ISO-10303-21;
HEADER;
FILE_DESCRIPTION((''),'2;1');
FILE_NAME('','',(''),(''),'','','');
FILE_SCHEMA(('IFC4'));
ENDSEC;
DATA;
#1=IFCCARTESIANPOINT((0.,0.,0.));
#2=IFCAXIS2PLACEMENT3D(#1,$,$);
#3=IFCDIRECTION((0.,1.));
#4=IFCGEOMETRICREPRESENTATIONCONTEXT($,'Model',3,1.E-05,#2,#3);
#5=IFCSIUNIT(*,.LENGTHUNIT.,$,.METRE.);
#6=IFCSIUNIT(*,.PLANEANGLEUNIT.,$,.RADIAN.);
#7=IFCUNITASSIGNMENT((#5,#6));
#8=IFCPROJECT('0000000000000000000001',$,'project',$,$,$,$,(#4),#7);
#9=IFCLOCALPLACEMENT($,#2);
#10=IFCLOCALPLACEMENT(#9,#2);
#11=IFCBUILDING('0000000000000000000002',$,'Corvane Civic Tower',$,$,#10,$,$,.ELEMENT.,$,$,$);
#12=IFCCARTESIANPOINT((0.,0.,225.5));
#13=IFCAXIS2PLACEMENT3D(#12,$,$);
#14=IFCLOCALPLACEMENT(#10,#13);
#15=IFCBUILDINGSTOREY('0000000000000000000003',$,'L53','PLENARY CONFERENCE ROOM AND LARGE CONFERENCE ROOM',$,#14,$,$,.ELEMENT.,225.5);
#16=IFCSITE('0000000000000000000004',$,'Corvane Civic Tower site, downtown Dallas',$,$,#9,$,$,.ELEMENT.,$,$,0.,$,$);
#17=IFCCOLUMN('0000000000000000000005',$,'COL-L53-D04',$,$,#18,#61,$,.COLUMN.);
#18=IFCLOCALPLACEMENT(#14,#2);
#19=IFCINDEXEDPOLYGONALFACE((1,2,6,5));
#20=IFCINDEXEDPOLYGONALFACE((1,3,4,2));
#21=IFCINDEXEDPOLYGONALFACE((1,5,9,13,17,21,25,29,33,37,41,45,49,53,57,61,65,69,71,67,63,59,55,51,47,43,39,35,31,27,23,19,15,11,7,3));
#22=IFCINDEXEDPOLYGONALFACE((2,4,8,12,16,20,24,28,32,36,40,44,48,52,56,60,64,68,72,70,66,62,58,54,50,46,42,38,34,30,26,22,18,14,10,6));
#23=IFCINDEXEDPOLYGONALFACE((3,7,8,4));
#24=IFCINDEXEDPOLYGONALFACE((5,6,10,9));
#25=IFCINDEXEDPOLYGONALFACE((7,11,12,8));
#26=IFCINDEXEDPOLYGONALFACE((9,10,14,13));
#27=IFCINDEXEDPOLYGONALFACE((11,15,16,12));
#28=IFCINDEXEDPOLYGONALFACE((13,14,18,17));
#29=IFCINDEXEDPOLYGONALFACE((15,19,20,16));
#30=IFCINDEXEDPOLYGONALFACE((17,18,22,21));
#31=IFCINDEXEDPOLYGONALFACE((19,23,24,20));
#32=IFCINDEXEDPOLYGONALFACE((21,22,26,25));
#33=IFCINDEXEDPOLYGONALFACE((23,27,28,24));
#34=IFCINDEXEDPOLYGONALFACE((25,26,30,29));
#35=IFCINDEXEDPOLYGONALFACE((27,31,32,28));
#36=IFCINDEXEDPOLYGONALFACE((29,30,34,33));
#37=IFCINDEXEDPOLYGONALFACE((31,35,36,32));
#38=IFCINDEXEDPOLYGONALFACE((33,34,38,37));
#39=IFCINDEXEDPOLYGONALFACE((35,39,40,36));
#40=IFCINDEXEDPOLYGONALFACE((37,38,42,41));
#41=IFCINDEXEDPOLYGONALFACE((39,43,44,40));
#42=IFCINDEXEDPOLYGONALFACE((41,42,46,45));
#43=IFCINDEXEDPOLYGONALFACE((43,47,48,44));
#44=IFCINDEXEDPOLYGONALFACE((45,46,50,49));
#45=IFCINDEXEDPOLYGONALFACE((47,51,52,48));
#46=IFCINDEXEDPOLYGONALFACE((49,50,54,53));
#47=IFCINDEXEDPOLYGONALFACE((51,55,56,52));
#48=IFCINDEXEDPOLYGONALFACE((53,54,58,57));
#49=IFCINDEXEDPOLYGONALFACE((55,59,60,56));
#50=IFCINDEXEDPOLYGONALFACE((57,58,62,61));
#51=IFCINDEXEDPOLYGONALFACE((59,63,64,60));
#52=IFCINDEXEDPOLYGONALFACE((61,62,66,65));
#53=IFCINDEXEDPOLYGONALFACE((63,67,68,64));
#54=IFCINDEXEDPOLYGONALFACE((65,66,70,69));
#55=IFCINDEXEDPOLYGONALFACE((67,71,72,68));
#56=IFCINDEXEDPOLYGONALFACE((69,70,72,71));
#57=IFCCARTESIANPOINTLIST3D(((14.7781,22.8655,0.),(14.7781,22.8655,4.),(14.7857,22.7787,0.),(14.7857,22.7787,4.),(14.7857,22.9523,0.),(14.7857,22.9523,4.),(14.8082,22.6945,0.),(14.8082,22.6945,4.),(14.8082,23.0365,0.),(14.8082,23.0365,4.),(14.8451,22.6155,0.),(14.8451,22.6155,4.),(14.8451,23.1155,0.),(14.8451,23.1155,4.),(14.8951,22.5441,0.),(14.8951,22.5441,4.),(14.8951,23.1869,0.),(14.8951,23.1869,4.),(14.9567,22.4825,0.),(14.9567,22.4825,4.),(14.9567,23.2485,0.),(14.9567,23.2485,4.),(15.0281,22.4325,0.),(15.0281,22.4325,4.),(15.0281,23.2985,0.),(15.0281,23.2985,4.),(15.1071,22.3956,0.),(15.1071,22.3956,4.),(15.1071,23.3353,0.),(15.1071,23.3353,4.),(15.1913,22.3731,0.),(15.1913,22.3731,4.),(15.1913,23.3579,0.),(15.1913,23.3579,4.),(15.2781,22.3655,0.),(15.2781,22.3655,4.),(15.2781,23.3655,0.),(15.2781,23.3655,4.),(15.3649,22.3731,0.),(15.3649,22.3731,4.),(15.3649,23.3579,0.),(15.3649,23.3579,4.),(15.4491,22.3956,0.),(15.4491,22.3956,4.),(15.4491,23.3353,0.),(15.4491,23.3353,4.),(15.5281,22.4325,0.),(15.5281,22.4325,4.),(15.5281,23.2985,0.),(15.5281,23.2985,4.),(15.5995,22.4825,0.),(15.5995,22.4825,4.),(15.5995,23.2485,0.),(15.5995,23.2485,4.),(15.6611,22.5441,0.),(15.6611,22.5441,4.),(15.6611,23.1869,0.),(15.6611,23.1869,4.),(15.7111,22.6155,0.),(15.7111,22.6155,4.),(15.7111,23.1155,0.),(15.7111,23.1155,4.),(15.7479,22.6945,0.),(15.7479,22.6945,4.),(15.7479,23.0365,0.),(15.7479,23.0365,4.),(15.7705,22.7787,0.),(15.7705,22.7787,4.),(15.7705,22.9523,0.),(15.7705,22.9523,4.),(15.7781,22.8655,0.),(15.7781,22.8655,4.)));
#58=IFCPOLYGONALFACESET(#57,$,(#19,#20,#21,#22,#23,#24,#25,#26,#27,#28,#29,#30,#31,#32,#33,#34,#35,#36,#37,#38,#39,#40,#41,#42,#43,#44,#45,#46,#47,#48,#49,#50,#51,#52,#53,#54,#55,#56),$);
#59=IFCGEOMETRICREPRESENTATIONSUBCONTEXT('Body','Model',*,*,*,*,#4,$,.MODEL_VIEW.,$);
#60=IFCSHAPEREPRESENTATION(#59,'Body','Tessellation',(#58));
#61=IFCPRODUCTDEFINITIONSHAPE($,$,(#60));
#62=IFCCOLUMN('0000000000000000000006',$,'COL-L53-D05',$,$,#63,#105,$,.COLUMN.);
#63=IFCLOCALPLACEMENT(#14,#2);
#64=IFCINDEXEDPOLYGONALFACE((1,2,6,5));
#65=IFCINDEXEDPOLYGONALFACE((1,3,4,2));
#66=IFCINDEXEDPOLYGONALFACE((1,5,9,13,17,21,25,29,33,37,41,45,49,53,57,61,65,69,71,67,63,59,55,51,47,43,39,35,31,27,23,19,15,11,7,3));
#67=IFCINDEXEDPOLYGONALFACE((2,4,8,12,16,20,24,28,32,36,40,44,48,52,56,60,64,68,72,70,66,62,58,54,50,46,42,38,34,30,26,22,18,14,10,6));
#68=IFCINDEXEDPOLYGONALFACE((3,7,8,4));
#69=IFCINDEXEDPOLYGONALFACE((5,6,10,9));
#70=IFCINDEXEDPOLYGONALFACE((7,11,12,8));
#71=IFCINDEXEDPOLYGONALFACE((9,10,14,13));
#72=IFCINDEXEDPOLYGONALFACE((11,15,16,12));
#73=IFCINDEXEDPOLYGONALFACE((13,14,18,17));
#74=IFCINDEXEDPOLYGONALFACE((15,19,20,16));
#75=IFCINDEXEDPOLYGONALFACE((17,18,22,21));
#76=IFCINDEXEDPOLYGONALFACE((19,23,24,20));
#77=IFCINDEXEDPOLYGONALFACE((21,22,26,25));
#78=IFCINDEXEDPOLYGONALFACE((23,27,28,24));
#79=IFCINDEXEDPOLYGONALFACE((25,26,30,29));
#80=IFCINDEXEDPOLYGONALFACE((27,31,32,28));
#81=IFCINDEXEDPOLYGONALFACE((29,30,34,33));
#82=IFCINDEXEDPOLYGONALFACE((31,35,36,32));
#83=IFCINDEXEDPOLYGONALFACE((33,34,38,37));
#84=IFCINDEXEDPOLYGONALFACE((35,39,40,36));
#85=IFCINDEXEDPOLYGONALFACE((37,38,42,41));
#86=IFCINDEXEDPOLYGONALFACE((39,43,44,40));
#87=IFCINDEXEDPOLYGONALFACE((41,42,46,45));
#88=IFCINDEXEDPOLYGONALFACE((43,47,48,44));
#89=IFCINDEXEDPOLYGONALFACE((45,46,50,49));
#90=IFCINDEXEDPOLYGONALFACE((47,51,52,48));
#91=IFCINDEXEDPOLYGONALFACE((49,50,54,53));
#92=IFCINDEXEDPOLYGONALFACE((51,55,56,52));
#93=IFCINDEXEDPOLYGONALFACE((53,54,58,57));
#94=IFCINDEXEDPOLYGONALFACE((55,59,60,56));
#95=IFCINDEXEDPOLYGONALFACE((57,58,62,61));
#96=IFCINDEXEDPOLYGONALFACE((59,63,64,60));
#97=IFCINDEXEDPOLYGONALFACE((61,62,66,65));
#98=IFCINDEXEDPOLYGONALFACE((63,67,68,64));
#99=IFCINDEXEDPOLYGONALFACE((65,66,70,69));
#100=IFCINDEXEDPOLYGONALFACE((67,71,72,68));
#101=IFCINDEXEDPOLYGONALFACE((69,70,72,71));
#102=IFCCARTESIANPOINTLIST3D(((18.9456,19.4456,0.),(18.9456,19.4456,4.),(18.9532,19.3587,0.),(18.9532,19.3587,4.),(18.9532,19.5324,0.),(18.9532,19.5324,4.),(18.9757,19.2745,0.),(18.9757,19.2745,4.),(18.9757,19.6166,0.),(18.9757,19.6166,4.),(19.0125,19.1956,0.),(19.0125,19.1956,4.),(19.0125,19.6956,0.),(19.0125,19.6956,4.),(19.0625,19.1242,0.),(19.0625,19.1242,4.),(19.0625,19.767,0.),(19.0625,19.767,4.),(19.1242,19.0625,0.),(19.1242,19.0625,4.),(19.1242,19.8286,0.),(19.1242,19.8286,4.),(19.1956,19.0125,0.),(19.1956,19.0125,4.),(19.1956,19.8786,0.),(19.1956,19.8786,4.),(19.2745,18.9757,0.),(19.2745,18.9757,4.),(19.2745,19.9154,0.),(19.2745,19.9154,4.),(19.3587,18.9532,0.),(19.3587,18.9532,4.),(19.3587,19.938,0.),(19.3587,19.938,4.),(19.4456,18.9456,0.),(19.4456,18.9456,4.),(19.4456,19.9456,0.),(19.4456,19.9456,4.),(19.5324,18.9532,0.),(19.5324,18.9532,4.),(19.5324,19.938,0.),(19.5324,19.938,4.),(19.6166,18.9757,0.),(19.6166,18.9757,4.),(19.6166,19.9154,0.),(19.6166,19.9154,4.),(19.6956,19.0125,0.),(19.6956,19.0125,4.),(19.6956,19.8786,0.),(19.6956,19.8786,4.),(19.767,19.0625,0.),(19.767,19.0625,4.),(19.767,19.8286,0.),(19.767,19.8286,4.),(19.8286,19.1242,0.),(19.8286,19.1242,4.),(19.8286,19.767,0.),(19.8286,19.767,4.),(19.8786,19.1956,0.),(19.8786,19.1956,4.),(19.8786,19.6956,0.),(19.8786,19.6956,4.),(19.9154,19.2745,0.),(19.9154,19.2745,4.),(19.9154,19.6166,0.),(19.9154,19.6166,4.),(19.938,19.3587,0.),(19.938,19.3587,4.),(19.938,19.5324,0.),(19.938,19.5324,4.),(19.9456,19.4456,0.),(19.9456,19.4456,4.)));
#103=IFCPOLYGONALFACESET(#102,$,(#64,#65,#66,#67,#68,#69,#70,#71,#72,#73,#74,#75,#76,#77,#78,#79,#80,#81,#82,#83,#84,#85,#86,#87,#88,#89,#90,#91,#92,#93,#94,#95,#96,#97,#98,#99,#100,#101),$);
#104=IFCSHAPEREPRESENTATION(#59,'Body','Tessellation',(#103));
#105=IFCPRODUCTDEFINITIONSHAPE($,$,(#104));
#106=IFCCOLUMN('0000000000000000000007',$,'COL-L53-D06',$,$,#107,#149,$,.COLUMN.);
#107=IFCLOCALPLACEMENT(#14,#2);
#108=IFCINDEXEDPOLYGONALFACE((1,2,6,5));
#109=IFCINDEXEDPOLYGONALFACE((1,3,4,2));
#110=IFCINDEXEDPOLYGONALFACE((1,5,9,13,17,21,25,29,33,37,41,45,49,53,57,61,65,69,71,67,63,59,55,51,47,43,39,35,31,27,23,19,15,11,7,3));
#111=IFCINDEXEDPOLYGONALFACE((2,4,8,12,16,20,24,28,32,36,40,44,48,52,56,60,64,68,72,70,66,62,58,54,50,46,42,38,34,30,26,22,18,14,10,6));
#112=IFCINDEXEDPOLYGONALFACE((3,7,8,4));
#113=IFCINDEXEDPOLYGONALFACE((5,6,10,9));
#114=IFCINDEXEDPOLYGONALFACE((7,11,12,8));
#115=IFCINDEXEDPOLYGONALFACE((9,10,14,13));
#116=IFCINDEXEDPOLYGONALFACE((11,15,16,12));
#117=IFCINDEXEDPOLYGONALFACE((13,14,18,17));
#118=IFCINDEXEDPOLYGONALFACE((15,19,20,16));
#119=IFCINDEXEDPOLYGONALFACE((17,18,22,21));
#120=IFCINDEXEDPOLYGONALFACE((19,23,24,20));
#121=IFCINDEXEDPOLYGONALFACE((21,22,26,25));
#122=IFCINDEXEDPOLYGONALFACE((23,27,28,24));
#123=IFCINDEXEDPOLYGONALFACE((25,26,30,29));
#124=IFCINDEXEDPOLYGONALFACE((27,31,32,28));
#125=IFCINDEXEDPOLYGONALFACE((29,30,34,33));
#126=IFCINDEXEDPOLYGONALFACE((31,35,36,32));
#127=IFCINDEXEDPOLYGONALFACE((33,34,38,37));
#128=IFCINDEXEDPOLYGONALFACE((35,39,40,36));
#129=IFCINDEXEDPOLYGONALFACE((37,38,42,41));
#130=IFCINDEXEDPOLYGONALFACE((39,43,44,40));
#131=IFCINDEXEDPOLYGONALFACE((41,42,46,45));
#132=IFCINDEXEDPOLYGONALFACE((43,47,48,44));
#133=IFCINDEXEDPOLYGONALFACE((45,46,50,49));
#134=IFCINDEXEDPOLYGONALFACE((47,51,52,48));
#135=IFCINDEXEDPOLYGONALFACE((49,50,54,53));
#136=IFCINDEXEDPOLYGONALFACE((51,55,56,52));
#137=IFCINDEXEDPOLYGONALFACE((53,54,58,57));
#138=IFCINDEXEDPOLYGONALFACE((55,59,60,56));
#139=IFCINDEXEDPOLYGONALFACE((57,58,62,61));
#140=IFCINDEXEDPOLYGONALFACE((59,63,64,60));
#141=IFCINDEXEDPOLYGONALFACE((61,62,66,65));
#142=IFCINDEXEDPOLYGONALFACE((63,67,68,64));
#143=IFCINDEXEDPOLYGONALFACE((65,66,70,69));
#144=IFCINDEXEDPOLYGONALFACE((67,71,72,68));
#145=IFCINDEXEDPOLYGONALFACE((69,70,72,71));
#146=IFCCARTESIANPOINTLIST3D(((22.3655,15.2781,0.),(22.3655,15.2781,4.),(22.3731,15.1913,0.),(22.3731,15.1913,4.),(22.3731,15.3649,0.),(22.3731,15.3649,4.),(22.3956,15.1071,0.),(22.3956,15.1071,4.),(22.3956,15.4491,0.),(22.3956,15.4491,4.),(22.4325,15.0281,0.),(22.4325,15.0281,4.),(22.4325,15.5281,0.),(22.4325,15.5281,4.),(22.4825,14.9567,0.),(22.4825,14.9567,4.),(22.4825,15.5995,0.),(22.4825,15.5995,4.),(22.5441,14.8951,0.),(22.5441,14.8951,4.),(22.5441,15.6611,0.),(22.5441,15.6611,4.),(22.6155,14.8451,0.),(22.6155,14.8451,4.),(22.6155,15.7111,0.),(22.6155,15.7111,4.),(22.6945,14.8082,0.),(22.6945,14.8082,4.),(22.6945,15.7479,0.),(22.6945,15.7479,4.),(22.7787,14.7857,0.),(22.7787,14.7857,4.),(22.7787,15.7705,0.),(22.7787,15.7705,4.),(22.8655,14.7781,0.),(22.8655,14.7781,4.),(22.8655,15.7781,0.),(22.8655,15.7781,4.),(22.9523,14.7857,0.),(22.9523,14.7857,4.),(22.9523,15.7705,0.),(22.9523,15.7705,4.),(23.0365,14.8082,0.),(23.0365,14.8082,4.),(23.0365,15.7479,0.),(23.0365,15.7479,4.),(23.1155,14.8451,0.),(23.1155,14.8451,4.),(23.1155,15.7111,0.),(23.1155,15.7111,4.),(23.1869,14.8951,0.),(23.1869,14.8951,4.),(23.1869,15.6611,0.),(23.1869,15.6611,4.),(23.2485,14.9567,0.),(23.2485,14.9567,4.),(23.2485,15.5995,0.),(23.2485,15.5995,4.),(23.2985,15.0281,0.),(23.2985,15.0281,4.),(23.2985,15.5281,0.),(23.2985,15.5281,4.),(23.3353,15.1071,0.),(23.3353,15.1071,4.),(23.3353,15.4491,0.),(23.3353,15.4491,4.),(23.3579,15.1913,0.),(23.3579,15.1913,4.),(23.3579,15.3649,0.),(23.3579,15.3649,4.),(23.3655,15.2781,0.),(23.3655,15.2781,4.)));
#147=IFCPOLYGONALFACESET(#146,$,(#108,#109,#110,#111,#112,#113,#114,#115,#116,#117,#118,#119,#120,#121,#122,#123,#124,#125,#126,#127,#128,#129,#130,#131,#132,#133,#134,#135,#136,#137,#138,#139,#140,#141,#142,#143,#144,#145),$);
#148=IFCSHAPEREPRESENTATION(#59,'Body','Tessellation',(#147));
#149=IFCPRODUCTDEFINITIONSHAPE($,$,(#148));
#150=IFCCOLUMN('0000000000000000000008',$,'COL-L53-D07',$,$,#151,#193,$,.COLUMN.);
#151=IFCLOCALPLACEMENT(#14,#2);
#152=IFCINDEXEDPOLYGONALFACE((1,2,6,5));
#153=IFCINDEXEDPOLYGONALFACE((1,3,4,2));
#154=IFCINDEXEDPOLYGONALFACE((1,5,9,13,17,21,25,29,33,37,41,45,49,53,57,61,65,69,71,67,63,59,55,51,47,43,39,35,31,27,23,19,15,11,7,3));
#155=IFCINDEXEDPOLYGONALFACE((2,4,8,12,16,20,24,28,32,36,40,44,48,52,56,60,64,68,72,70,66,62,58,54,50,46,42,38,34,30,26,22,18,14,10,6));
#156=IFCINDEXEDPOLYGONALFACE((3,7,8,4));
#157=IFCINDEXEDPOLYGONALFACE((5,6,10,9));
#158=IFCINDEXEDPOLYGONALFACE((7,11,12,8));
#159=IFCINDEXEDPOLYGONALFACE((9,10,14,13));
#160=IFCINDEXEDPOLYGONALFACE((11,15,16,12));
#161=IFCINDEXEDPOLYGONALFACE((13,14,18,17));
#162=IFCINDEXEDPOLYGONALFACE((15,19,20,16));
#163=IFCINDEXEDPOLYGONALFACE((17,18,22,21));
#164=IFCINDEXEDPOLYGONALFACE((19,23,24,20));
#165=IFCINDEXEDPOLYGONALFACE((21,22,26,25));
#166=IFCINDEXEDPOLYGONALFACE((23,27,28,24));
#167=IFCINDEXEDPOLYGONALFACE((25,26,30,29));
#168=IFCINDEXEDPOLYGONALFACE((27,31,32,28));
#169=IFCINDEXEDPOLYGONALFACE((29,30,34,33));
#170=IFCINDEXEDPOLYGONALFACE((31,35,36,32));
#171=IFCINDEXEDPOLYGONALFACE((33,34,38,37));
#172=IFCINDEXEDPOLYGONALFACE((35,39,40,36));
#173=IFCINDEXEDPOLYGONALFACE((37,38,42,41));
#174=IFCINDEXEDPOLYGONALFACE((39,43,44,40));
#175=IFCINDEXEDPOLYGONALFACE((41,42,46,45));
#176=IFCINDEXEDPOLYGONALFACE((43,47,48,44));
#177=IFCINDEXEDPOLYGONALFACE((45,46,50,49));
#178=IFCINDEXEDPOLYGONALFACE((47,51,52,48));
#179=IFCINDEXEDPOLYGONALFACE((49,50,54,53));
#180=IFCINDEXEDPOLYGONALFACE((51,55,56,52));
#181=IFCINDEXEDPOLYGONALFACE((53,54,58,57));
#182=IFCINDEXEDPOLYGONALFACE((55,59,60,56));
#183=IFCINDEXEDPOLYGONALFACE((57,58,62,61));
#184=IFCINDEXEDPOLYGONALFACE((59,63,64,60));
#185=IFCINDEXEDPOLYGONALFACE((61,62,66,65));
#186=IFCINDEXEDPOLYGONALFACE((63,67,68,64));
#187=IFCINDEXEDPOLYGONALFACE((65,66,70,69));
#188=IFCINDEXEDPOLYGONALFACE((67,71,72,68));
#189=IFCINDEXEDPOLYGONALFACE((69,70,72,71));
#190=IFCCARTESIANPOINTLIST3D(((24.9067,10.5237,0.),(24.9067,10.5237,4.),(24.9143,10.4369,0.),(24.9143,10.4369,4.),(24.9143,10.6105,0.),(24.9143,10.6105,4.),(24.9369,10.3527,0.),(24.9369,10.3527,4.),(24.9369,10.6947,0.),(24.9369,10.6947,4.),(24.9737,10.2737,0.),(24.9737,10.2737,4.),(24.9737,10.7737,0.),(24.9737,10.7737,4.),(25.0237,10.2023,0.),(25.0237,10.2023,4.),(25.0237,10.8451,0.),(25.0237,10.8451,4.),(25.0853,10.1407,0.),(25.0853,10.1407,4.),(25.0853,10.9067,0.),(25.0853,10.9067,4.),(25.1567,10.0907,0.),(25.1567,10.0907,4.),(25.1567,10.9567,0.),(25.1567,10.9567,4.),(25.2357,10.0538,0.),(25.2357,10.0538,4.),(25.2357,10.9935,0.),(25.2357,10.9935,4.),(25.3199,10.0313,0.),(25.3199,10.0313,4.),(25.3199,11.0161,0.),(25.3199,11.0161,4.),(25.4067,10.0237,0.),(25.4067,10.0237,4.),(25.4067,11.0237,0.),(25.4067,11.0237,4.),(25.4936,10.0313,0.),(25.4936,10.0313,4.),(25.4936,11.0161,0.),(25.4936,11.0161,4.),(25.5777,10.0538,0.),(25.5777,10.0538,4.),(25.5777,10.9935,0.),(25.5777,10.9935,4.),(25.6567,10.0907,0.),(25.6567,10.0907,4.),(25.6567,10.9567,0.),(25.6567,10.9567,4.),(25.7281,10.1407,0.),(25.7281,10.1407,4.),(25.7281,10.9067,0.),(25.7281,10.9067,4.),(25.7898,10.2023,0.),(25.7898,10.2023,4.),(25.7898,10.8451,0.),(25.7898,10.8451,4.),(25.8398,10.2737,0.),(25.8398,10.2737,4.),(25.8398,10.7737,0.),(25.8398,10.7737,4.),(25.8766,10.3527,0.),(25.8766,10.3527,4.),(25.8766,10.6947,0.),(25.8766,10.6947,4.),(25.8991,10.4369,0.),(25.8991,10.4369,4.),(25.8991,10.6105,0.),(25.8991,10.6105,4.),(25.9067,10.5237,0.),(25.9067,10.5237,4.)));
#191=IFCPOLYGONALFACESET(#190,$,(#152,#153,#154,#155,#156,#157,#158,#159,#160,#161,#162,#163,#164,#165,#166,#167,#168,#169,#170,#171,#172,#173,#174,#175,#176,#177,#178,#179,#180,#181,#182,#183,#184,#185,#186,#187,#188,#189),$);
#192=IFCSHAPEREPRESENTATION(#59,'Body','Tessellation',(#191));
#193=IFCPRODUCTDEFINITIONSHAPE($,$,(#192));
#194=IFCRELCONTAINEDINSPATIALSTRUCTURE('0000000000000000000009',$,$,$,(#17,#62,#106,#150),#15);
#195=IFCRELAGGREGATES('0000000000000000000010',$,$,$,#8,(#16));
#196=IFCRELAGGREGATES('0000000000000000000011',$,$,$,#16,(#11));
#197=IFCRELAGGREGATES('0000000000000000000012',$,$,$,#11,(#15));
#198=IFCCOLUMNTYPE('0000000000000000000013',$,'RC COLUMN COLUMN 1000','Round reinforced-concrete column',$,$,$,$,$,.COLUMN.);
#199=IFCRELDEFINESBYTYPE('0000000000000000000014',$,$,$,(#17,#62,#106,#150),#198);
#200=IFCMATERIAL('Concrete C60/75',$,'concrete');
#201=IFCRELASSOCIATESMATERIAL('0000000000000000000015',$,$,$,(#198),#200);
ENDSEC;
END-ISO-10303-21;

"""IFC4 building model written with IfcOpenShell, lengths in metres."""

from ifc_helpers import new_model, si_unit, direction, frame, origin, origin_2d, place, context, subcontext, project, spatial, circle, extrude, material, material_profile, profile_set, type_object, element, save


model = new_model("IFC4")

# Units and contexts
model_context = context("Model", 3, precision=1e-05, world=origin(), true_north=direction((0.0, 1.0)))
body_context = subcontext(model_context, "Body", "Model", "MODEL_VIEW")
ifc_project = project(units=[si_unit("LENGTHUNIT", "METRE"), si_unit("PLANEANGLEUNIT", "RADIAN")], contexts=[model_context])

# Site, building, storey
site_placement = place(None, origin())
site = spatial("IfcSite", under=ifc_project, at=site_placement, Name="Corvane Civic Tower site, downtown Dallas", CompositionType="ELEMENT", RefElevation=0.0)
building_placement = place(site_placement, origin())
building = spatial("IfcBuilding", under=site, at=building_placement, Name="Corvane Civic Tower", CompositionType="ELEMENT")
storey_placement = place(building_placement, frame((0.0, 0.0, 225.5)))
storey = spatial("IfcBuildingStorey", under=building, at=storey_placement, Name="L53", Description="PLENARY CONFERENCE ROOM AND LARGE CONFERENCE ROOM", CompositionType="ELEMENT", Elevation=225.5)

# Columns
ifc_material_1 = material(Name="Concrete C60/75", Category="concrete")
ifc_material_profile_1 = material_profile(ifc_material_1, circle(Radius=0.5, at=origin_2d()), Name="COLUMN 1000")
ifc_profile_set_1 = profile_set([ifc_material_profile_1], Name="Concrete C60/75")
column_type = type_object("IfcColumnType", Name="RC COLUMN COLUMN 1000", Description="Round reinforced-concrete column", PredefinedType="COLUMN", material=ifc_profile_set_1)
for number, where, z_axis, x_axis, name in (
    (1, (15.2781, 22.8655, 0.0), (0.0, 0.0, 1.0), (1.0, 0.0, 0.0), "COL-L53-D04"),
    (2, (19.4456, 19.4456, 0.0), (0.0, 0.0, 1.0), (1.0, 0.0, 0.0), "COL-L53-D05"),
    (3, (22.8655, 15.2781, 0.0), (0.0, 0.0, 1.0), (1.0, 0.0, 0.0), "COL-L53-D06"),
    (4, (25.4067, 10.5237, 0.0), (0.0, 0.0, 1.0), (1.0, 0.0, 0.0), "COL-L53-D07"),
):
    element("IfcColumn", number, at=place(storey_placement, frame(where, z_axis=z_axis, x_axis=x_axis)), inside=storey, type_object=column_type, Name=name, PredefinedType="COLUMN", context=body_context, shape_type="SweptSolid", body=[
        extrude(circle(Radius=0.5, at=origin_2d()), origin(), (0.0, 0.0, 1.0), 4.0),
    ])

save(model, "model.ifc")
